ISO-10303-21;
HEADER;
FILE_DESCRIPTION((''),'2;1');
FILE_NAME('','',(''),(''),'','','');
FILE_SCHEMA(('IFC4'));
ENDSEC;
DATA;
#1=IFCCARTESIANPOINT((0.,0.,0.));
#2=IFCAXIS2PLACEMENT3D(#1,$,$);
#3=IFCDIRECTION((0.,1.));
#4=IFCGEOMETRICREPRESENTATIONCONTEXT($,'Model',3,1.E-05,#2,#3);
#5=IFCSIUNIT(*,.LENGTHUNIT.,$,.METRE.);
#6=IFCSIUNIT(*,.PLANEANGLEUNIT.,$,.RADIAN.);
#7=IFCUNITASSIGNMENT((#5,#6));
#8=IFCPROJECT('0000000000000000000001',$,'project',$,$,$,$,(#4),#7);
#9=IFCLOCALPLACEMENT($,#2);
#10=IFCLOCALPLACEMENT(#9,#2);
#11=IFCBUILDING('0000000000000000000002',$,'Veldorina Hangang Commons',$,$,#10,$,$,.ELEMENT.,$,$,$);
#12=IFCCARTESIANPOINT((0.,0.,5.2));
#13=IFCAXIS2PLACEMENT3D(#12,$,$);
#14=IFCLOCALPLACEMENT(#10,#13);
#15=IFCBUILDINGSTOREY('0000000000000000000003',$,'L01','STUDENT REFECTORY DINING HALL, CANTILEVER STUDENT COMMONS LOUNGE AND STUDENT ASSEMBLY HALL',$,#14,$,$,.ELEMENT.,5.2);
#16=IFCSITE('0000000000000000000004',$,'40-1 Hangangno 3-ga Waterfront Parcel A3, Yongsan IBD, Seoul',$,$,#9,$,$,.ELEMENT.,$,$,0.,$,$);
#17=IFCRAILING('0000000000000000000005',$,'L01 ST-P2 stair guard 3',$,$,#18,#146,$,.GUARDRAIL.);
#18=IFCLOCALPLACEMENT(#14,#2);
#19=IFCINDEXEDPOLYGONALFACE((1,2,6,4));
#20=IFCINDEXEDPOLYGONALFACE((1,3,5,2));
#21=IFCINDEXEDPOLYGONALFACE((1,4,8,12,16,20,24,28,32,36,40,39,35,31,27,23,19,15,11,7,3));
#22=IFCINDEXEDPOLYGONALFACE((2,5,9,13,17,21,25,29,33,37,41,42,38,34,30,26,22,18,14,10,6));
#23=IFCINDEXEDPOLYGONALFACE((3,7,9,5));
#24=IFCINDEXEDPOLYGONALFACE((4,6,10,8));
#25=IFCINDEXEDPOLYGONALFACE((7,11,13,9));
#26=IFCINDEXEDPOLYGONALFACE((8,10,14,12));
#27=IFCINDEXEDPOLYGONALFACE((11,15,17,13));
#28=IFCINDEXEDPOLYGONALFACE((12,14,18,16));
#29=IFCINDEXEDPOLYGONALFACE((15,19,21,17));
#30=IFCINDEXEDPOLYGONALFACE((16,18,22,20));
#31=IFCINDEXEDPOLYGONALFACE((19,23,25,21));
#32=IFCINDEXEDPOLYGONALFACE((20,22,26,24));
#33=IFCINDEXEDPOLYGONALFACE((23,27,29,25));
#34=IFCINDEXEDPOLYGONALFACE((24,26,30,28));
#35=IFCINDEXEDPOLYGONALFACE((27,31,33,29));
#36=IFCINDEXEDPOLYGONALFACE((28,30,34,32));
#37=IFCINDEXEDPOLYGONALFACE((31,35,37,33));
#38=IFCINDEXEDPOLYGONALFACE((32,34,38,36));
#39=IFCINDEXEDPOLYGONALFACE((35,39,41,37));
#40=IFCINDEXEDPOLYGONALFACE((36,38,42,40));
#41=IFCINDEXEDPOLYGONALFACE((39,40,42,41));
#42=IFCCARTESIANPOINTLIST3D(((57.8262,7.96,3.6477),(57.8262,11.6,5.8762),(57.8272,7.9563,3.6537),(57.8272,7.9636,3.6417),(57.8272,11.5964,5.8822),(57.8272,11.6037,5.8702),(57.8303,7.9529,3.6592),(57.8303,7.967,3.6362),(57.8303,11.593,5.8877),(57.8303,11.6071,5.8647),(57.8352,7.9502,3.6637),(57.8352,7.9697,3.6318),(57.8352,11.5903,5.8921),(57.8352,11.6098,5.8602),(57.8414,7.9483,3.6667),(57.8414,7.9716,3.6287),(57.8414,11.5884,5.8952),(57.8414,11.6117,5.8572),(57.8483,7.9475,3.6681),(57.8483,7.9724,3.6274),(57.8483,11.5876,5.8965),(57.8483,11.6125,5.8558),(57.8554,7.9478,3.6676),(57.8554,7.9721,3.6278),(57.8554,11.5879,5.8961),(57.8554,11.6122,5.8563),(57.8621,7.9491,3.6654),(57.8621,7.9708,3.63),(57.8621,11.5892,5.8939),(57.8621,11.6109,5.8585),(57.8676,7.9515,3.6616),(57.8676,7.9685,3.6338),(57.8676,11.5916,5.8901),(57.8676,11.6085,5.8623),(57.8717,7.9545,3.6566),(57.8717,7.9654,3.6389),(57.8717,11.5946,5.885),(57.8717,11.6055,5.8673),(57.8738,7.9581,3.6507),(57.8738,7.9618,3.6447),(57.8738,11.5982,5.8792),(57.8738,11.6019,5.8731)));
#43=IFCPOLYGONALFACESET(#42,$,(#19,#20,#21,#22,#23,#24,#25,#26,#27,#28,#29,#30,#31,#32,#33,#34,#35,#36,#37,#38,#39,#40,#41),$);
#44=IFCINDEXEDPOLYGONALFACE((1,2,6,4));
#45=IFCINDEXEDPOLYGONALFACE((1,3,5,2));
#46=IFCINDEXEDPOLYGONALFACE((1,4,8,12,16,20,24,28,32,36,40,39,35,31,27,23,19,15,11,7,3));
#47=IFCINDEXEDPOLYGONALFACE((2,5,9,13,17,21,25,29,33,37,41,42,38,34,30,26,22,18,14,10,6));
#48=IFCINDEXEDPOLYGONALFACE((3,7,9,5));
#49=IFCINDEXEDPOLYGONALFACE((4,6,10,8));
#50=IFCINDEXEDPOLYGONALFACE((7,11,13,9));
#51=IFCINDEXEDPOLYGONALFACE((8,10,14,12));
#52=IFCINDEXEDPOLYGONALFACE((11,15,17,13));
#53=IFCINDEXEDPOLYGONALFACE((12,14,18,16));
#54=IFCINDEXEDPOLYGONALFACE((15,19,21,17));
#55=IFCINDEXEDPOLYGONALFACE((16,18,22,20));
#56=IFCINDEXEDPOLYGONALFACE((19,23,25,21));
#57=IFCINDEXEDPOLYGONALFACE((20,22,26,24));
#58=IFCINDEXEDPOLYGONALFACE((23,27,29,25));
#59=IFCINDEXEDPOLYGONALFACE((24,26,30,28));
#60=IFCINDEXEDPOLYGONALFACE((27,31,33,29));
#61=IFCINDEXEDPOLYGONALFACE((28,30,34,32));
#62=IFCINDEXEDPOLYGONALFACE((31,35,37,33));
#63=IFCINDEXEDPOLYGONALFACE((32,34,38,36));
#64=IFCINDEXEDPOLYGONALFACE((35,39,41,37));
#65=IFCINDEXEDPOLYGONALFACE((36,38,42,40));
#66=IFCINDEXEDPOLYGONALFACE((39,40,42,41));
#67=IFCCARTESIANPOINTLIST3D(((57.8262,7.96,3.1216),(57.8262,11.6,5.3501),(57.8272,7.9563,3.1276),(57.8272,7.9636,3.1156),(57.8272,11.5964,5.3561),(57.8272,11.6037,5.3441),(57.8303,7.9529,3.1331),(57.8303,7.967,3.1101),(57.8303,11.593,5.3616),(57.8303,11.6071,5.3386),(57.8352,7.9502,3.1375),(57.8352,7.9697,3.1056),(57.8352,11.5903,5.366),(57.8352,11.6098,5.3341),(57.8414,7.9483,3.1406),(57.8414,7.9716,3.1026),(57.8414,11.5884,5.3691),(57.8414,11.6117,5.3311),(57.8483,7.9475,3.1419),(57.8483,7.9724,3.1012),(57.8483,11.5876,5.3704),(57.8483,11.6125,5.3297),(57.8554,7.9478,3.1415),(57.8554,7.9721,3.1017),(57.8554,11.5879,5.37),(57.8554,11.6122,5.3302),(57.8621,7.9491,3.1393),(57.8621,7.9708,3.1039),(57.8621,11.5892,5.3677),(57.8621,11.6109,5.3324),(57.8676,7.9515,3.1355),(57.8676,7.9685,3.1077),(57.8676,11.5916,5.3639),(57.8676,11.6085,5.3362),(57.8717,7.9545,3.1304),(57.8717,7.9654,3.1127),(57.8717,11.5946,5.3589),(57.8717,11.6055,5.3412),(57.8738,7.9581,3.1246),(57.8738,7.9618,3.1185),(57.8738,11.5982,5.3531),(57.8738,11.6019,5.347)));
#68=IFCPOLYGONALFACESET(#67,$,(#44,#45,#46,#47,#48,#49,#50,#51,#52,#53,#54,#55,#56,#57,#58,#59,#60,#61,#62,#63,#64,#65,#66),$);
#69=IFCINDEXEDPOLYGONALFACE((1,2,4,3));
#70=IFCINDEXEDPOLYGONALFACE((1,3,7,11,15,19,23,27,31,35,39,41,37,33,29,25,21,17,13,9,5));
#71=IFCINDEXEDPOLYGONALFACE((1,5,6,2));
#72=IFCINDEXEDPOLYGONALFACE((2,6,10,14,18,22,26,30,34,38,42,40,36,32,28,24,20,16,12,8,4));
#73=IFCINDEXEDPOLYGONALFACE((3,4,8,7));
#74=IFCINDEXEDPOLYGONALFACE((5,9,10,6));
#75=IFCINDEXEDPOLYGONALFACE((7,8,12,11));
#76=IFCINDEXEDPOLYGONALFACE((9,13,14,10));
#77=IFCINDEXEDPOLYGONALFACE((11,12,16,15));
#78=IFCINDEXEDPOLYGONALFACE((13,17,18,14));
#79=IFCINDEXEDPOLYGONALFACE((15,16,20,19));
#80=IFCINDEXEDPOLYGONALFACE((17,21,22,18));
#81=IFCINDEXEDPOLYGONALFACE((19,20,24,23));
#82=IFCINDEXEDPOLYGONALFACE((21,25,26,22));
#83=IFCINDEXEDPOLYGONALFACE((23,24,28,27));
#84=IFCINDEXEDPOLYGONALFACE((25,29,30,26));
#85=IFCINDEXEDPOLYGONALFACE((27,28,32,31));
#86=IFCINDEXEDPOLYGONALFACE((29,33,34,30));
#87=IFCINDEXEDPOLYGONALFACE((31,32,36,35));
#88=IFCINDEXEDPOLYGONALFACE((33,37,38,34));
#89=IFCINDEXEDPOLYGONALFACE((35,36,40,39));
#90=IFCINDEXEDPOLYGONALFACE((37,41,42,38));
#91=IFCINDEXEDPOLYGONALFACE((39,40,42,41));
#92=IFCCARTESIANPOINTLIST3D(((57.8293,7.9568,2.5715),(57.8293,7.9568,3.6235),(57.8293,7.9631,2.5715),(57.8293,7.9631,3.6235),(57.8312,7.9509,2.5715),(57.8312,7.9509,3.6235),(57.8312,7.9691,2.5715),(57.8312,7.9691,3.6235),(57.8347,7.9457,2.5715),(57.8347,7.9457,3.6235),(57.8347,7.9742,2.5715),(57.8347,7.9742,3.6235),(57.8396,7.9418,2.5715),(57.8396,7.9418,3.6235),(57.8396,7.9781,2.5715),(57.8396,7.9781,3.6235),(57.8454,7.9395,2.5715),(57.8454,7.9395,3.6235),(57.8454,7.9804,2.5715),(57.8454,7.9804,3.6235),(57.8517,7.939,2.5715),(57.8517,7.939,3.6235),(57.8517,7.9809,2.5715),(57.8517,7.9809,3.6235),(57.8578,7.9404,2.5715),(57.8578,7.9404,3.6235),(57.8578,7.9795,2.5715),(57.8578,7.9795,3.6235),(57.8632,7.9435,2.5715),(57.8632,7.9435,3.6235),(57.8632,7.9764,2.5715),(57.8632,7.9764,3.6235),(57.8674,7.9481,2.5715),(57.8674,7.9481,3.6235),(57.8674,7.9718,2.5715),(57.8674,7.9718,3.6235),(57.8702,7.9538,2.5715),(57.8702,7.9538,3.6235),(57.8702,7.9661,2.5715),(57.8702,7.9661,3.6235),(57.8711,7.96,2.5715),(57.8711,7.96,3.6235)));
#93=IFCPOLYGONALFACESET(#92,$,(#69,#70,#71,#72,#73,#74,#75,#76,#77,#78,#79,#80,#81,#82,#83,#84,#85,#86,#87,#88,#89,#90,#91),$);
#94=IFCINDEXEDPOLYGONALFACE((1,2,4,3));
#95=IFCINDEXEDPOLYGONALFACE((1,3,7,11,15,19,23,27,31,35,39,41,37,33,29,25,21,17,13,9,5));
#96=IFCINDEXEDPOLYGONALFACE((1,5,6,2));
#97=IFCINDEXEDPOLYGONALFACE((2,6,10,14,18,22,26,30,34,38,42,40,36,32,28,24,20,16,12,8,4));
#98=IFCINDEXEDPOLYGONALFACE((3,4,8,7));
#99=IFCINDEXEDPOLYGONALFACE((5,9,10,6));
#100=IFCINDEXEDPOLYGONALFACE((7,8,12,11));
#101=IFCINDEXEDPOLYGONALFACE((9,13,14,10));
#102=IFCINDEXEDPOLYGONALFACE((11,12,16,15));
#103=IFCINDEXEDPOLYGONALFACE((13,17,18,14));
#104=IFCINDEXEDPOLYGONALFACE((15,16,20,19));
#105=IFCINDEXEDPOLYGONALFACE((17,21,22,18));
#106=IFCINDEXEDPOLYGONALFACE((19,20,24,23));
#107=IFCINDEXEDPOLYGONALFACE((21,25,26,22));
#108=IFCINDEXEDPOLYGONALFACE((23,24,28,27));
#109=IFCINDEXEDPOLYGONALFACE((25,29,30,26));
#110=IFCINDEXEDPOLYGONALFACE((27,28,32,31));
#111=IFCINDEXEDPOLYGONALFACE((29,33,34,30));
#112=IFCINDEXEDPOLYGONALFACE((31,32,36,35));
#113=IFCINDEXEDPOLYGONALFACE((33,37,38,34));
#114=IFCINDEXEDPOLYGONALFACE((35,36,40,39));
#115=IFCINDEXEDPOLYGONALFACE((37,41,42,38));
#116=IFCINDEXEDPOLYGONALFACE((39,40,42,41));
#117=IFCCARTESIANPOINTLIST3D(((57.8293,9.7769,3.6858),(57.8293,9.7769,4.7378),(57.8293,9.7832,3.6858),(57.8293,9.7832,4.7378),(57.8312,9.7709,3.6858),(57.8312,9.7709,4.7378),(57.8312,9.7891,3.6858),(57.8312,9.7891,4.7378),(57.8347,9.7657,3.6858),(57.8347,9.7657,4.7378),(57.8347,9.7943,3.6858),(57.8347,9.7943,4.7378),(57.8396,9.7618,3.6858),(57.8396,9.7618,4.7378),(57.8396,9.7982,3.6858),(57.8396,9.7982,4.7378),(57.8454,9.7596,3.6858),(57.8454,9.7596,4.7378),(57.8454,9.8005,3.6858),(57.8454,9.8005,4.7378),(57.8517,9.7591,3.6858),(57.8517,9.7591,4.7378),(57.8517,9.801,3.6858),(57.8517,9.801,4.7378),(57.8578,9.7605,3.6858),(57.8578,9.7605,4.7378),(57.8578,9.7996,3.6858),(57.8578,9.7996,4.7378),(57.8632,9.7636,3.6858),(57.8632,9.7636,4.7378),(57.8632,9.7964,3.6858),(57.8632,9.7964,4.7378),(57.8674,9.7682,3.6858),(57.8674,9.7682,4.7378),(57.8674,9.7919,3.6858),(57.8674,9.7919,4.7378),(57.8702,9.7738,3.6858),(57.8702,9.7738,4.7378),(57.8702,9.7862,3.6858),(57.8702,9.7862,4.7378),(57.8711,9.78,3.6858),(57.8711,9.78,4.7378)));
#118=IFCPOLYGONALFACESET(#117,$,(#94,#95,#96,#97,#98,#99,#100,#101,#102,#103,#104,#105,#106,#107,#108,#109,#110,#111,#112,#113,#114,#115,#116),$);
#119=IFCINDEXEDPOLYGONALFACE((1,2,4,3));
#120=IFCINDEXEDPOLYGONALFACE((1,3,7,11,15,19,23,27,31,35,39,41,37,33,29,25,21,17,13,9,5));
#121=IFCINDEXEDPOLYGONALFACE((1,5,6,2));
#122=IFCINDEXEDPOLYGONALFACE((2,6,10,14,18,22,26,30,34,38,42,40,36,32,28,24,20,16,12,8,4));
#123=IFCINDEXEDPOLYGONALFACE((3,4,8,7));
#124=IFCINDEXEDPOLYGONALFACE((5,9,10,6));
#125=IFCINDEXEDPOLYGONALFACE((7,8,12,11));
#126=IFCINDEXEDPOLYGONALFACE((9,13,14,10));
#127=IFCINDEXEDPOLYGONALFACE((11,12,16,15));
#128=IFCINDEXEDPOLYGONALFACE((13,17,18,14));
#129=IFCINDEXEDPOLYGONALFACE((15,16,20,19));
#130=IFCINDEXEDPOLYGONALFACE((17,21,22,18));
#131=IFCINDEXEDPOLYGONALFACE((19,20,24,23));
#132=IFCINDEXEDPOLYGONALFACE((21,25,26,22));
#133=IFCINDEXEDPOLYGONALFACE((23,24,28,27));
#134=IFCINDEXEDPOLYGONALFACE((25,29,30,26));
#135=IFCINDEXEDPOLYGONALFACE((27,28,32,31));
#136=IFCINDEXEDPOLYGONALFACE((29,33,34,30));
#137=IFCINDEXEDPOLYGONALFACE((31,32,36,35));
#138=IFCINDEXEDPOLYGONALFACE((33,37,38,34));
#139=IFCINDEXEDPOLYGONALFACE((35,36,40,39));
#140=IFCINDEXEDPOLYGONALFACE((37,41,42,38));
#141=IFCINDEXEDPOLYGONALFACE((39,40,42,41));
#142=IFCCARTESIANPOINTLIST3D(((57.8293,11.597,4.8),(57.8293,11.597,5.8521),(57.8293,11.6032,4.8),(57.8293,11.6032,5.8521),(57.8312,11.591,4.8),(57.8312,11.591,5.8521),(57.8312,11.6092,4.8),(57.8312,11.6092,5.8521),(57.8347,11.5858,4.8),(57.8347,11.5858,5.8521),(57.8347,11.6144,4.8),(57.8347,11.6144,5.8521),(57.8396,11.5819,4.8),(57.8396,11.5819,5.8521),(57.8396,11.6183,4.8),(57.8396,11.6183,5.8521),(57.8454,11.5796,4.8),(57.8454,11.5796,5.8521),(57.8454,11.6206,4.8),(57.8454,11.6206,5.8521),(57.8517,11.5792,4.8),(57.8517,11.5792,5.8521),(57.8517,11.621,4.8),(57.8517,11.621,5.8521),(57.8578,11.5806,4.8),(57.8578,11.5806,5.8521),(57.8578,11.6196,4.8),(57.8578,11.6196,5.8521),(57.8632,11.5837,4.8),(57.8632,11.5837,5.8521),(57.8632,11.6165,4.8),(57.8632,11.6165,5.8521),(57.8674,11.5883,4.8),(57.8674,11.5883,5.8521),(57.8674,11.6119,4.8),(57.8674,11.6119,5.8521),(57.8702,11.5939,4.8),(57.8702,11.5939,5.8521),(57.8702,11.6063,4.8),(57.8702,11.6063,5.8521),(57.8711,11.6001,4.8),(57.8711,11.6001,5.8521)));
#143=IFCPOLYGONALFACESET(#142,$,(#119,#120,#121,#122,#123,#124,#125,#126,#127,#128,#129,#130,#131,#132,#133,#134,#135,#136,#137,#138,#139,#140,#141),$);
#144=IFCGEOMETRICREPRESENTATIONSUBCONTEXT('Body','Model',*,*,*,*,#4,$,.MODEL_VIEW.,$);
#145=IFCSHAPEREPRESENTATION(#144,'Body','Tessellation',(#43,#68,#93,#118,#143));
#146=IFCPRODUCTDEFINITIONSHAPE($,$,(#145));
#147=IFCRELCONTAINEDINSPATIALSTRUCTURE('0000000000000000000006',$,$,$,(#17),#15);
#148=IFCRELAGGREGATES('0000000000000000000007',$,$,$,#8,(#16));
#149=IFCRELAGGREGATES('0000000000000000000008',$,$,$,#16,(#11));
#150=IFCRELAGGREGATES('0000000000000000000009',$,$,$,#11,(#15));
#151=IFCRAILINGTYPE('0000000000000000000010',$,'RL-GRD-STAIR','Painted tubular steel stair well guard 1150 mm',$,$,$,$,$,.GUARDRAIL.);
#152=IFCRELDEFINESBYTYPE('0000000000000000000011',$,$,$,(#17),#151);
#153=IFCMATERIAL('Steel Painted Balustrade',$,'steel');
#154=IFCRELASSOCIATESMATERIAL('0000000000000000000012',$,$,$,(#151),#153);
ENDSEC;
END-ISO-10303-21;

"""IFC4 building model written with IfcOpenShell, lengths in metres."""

from ifc_helpers import new_model, si_unit, direction, frame, origin, origin_2d, place, context, subcontext, project, spatial, circle, extrude, material, type_object, element, save


model = new_model("IFC4")

# Units and contexts
model_context = context("Model", 3, precision=1e-05, world=origin(), true_north=direction((0.0, 1.0)))
body_context = subcontext(model_context, "Body", "Model", "MODEL_VIEW")
ifc_project = project(units=[si_unit("LENGTHUNIT", "METRE"), si_unit("PLANEANGLEUNIT", "RADIAN")], contexts=[model_context])

# Site, building, storey
site_placement = place(None, origin())
site = spatial("IfcSite", under=ifc_project, at=site_placement, Name="40-1 Hangangno 3-ga Waterfront Parcel A3, Yongsan IBD, Seoul", CompositionType="ELEMENT", RefElevation=0.0)
building_placement = place(site_placement, origin())
building = spatial("IfcBuilding", under=site, at=building_placement, Name="Veldorina Hangang Commons", CompositionType="ELEMENT")
storey_placement = place(building_placement, frame((0.0, 0.0, 5.2)))
storey = spatial("IfcBuildingStorey", under=building, at=storey_placement, Name="L01", Description="STUDENT REFECTORY DINING HALL, CANTILEVER STUDENT COMMONS LOUNGE AND STUDENT ASSEMBLY HALL", CompositionType="ELEMENT", Elevation=5.2)

# Railing
ifc_material_1 = material(Name="Steel Painted Balustrade", Category="steel")
railing_type_1 = type_object("IfcRailingType", Name="RL-GRD-STAIR", Description="Painted tubular steel stair well guard 1150 mm", PredefinedType="GUARDRAIL", material=ifc_material_1)
railing_1_placement = place(storey_placement, frame((57.8501, 7.96, 2.5715)))
element("IfcRailing", 1, at=railing_1_placement, inside=storey, type_object=railing_type_1, Name="L01 ST-P2 stair guard 3", PredefinedType="GUARDRAIL", context=body_context, shape_type="SweptSolid", body=[
    extrude(circle(Radius=0.0239, at=origin_2d()), frame((0.0, 0.0, 1.0762), z_axis=(0.0, 0.852866, 0.52213), x_axis=(-1.0, 0.0, 0.0)), (0.0, 0.0, 1.0), 4.2681),
    extrude(circle(Radius=0.0239, at=origin_2d()), frame((0.0, 0.0, 0.55), z_axis=(0.0, 0.852866, 0.52213), x_axis=(-1.0, 0.0, 0.0)), (0.0, 0.0, 1.0), 4.2681),
    extrude(circle(Radius=0.021, at=origin_2d()), origin(), (0.0, 0.0, 1.0), 1.052),
    extrude(circle(Radius=0.021, at=origin_2d()), frame((0.0, 1.8201, 1.1143)), (0.0, 0.0, 1.0), 1.052),
    extrude(circle(Radius=0.021, at=origin_2d()), frame((0.0, 3.6401, 2.2285)), (0.0, 0.0, 1.0), 1.052),
])

save(model, "model.ifc")
